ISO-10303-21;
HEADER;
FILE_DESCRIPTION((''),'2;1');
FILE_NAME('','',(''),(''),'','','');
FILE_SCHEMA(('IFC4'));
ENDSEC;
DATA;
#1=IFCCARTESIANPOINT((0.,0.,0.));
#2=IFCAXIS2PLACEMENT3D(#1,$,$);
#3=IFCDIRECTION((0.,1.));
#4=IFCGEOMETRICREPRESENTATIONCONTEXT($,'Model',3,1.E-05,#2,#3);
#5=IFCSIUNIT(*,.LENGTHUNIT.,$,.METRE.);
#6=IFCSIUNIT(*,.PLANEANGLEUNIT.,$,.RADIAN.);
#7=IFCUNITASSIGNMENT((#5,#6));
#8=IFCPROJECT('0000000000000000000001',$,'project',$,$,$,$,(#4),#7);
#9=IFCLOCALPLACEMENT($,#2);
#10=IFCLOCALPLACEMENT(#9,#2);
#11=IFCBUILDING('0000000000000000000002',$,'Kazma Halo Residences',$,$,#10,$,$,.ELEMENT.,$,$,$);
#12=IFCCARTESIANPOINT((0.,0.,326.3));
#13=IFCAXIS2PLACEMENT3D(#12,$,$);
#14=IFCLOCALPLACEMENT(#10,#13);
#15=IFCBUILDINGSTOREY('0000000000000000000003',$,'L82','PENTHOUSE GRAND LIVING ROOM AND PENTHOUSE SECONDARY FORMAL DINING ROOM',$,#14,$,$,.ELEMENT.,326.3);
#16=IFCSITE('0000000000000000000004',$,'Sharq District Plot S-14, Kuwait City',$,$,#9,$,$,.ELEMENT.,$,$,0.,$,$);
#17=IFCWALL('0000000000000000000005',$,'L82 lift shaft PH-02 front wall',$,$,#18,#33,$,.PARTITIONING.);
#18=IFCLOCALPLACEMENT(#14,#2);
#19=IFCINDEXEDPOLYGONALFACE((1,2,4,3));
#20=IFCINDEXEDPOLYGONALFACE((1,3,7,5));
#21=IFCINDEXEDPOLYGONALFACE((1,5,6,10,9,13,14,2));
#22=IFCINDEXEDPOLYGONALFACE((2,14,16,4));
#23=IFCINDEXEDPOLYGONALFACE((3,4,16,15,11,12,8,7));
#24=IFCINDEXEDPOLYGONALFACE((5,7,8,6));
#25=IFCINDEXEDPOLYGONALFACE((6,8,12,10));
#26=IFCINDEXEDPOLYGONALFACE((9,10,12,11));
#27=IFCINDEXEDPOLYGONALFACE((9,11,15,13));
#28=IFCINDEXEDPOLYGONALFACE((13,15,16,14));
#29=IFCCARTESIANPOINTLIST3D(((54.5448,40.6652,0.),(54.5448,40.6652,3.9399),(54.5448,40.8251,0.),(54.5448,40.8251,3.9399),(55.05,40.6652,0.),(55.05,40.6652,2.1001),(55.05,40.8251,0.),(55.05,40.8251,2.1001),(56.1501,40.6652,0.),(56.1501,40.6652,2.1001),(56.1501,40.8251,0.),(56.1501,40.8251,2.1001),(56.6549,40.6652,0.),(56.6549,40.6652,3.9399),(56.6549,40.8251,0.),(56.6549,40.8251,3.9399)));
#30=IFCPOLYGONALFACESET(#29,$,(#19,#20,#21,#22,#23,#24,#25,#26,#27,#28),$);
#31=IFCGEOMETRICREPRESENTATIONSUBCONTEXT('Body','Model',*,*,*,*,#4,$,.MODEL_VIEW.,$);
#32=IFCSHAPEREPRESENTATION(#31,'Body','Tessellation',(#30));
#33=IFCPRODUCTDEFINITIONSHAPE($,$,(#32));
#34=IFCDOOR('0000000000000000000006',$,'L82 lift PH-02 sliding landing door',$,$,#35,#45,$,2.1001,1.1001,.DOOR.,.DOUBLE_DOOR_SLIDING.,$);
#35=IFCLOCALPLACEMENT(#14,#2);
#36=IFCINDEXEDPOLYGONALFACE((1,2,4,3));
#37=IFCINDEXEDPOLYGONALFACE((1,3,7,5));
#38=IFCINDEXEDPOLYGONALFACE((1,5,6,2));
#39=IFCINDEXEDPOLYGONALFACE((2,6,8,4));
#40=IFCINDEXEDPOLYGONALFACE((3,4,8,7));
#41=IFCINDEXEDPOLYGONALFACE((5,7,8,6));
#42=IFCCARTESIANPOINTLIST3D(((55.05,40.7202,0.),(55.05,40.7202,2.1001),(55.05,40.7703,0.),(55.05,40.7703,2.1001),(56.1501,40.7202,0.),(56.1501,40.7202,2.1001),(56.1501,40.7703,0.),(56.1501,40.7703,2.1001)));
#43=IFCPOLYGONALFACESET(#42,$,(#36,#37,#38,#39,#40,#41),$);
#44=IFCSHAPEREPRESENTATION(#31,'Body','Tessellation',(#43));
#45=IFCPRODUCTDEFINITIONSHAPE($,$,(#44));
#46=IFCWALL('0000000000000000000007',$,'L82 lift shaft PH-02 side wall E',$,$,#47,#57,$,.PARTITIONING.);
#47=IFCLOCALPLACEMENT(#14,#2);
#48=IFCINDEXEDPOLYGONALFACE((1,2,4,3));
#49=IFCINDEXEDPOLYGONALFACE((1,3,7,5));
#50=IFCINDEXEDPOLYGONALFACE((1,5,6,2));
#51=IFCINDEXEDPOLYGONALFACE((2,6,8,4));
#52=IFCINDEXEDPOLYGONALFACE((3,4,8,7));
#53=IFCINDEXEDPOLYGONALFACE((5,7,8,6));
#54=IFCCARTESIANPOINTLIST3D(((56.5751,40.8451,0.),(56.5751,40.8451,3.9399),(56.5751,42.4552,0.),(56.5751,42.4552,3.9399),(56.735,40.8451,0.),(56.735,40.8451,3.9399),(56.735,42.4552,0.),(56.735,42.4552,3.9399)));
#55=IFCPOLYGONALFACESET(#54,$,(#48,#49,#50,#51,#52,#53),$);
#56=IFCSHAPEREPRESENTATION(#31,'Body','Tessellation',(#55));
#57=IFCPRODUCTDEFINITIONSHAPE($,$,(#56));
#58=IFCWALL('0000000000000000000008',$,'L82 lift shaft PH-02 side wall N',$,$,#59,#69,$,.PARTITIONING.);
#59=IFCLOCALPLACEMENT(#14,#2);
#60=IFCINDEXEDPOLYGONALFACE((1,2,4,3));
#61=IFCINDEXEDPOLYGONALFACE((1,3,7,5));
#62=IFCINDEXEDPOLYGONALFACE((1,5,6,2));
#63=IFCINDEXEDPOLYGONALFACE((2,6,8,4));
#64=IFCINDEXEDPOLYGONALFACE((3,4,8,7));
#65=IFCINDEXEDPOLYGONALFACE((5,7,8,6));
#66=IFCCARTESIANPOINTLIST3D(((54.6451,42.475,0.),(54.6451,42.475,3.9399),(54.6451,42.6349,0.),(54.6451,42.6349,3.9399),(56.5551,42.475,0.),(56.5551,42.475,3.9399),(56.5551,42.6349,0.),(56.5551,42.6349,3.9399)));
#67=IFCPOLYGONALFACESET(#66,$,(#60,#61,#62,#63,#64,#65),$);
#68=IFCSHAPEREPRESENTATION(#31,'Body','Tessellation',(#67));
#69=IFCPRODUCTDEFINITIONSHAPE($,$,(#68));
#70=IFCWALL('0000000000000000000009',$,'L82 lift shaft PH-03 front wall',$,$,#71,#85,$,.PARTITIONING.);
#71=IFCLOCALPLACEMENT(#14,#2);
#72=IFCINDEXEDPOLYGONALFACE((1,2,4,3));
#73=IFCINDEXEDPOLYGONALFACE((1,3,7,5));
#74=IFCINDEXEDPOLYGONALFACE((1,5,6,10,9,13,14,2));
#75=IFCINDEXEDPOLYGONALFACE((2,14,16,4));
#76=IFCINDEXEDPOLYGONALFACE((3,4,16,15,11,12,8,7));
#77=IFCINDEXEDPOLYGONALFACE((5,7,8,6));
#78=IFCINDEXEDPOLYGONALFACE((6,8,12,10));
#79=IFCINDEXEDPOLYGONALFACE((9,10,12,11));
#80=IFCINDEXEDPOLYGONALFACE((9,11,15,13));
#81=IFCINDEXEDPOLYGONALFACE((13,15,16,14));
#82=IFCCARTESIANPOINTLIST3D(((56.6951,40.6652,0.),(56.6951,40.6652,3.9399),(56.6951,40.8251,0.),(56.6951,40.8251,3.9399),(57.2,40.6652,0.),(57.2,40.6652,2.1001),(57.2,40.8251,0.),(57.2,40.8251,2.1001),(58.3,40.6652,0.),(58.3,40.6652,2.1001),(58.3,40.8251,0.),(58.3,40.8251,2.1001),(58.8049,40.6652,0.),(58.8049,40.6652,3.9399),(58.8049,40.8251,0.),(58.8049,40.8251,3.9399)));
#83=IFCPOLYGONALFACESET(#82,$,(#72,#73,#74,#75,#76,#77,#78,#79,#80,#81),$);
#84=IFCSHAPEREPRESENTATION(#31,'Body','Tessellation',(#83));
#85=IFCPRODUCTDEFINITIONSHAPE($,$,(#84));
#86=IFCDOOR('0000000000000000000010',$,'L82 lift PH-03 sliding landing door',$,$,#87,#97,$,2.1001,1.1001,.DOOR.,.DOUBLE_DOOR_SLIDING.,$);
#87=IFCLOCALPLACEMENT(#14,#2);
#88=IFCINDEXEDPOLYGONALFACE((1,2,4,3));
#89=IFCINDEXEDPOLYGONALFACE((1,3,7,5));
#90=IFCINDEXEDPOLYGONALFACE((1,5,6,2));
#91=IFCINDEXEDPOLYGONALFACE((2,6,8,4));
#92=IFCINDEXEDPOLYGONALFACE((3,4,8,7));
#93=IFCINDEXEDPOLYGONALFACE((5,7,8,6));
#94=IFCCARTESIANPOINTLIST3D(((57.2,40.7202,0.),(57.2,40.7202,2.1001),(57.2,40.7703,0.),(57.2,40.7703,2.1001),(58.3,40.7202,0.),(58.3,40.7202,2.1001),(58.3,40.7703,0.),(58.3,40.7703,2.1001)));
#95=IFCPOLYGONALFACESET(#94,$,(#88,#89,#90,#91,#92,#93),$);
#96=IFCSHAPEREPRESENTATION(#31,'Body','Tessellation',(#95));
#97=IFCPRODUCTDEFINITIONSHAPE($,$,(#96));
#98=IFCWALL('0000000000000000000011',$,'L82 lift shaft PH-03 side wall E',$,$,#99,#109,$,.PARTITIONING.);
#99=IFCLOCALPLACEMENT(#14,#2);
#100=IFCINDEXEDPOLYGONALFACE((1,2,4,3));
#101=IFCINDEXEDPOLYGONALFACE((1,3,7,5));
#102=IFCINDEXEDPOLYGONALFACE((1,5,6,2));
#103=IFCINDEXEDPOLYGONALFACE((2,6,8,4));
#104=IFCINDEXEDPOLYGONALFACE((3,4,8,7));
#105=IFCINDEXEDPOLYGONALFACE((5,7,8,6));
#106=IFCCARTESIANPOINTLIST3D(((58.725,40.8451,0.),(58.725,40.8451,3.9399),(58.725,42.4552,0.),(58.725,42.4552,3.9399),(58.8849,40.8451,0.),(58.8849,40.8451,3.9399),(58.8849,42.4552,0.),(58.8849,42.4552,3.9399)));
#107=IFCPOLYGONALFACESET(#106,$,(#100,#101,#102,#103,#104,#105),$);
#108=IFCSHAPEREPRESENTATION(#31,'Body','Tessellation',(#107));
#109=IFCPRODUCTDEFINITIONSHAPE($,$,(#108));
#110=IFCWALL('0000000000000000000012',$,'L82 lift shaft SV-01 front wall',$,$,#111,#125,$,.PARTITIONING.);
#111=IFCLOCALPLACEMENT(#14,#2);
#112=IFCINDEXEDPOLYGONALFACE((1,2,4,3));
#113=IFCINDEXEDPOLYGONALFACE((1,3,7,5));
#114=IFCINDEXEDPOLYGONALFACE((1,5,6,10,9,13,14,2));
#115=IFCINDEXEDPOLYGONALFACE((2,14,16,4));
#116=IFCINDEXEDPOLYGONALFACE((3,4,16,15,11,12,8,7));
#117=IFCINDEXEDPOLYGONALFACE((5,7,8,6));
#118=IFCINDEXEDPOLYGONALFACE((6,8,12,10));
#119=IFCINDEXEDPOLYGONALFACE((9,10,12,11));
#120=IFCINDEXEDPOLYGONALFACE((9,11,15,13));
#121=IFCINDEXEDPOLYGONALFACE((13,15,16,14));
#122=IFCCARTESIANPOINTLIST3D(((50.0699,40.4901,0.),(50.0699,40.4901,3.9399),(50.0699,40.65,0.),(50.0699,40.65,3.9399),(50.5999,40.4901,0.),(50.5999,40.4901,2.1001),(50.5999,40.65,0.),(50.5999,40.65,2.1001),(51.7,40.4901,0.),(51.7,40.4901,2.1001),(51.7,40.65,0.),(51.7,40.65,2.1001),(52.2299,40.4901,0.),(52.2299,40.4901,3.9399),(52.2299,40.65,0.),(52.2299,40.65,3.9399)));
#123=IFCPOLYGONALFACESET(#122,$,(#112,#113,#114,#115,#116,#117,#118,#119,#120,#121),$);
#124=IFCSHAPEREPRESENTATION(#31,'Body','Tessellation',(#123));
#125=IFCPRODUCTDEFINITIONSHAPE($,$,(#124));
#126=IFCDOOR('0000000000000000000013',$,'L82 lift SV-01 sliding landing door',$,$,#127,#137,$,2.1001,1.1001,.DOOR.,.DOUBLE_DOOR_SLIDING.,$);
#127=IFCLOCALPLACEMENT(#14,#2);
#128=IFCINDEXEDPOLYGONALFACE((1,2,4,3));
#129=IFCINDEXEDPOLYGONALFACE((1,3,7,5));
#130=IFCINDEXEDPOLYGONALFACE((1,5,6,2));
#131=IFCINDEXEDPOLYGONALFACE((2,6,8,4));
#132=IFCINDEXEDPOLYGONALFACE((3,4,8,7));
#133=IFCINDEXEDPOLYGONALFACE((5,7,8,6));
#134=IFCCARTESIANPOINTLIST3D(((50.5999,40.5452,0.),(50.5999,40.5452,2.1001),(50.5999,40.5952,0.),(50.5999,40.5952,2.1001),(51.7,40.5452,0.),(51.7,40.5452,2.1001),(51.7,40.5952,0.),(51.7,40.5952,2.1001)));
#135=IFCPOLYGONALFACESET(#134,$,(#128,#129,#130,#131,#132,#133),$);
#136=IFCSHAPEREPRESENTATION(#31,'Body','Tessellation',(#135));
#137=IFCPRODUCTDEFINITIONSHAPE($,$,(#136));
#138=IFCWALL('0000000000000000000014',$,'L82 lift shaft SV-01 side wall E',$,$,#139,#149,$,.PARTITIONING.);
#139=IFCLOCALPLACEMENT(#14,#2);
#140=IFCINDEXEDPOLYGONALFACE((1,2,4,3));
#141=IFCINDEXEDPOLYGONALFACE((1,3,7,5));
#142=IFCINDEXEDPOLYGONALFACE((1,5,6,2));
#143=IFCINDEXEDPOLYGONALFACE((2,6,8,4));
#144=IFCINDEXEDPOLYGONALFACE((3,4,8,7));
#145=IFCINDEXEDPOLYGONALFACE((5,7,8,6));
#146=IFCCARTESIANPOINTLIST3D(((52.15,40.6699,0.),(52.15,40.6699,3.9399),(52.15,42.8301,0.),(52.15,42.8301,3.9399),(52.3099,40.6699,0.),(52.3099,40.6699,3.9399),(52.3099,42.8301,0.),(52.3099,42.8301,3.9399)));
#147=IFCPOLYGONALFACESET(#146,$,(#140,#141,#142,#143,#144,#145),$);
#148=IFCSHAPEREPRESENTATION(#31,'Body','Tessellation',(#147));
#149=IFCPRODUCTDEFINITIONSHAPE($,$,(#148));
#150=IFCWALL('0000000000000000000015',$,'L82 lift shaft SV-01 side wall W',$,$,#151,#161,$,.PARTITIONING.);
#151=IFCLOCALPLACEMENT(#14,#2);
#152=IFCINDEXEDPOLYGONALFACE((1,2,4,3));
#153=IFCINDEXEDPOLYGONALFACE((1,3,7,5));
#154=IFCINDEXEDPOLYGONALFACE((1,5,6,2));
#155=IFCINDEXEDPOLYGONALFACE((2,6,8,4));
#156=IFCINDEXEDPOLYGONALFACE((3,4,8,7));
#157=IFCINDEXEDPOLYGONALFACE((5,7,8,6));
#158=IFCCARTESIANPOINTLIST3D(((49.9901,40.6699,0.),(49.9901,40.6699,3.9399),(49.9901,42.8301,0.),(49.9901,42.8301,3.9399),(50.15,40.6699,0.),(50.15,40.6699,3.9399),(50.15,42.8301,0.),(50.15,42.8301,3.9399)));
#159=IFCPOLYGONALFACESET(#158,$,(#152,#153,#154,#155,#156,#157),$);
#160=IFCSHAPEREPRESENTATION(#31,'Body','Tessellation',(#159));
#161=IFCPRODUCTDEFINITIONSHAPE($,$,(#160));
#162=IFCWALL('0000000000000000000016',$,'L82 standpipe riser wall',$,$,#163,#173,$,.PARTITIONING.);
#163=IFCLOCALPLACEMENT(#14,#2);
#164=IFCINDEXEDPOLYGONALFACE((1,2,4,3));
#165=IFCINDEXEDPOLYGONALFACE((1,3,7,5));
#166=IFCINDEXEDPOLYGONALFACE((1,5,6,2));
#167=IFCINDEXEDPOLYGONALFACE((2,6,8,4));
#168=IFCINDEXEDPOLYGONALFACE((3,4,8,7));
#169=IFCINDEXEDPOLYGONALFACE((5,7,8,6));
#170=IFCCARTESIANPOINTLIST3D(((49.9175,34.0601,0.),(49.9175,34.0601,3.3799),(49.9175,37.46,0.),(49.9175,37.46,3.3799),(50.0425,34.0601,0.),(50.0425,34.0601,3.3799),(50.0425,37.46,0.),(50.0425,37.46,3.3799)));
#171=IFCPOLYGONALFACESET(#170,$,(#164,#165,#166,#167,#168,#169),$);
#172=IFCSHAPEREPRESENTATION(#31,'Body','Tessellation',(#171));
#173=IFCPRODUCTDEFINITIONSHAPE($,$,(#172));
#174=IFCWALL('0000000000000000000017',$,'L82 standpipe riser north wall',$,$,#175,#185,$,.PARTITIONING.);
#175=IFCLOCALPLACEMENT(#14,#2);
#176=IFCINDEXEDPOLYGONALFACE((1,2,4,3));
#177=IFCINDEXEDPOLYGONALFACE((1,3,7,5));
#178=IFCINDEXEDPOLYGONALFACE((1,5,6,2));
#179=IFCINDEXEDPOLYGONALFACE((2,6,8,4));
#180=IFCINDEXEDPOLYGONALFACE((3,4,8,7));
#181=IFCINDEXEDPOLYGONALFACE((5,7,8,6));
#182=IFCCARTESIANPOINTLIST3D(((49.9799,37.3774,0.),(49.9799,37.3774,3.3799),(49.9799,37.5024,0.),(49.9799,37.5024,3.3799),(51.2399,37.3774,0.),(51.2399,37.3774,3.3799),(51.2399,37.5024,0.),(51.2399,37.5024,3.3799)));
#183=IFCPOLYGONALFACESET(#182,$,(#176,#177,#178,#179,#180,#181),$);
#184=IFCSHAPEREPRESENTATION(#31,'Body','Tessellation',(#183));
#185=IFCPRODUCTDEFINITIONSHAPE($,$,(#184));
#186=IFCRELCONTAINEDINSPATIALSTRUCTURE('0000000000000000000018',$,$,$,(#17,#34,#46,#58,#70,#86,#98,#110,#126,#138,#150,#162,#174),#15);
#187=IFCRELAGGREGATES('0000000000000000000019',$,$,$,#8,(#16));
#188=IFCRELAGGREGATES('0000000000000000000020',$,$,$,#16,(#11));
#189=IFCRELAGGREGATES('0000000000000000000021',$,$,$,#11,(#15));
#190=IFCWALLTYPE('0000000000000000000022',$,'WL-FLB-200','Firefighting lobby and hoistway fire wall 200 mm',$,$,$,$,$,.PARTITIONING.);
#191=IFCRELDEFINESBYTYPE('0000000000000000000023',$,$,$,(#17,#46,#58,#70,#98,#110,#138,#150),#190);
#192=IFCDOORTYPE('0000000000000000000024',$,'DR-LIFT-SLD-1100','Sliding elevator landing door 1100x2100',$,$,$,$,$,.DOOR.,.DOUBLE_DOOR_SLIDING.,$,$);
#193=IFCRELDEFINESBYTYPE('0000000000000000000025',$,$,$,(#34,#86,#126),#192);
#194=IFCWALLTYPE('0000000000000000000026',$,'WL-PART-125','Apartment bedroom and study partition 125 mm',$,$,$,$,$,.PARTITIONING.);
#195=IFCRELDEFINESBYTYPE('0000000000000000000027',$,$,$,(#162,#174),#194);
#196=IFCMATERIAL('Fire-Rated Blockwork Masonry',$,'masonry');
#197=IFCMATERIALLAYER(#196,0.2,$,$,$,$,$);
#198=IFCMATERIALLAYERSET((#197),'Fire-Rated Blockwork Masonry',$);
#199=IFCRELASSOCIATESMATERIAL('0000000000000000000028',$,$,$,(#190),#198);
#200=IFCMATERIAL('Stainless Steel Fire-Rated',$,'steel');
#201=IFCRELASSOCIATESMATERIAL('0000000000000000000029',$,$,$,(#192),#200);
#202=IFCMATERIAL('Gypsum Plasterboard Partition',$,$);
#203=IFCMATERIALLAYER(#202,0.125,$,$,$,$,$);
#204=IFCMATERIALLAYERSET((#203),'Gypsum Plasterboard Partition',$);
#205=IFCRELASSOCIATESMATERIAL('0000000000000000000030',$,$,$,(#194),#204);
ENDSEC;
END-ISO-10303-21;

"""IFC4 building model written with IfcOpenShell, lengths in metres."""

from ifc_helpers import new_model, si_unit, direction, frame, frame_2d, origin, place, context, subcontext, project, spatial, rectangle, extrude, material, layer, layer_set, type_object, element, fill, save


model = new_model("IFC4")

# Units and contexts
model_context = context("Model", 3, precision=1e-05, world=origin(), true_north=direction((0.0, 1.0)))
body_context = subcontext(model_context, "Body", "Model", "MODEL_VIEW")
ifc_project = project(units=[si_unit("LENGTHUNIT", "METRE"), si_unit("PLANEANGLEUNIT", "RADIAN")], contexts=[model_context])

# Site, building, storey
site_placement = place(None, origin())
site = spatial("IfcSite", under=ifc_project, at=site_placement, Name="Sharq District Plot S-14, Kuwait City", CompositionType="ELEMENT", RefElevation=0.0)
building_placement = place(site_placement, origin())
building = spatial("IfcBuilding", under=site, at=building_placement, Name="Kazma Halo Residences", CompositionType="ELEMENT")
storey_placement = place(building_placement, frame((0.0, 0.0, 326.3)))
storey = spatial("IfcBuildingStorey", under=building, at=storey_placement, Name="L82", Description="PENTHOUSE GRAND LIVING ROOM AND PENTHOUSE SECONDARY FORMAL DINING ROOM", CompositionType="ELEMENT", Elevation=326.3)

# Shared definitions
ifc_material_1 = material(Name="Fire-Rated Blockwork Masonry", Category="masonry")
ifc_layer_1 = layer(ifc_material_1, 0.2)
ifc_layer_set_1 = layer_set([ifc_layer_1], Name="Fire-Rated Blockwork Masonry")
wall_type_1 = type_object("IfcWallType", Name="WL-FLB-200", Description="Firefighting lobby and hoistway fire wall 200 mm", PredefinedType="PARTITIONING", material=ifc_layer_set_1)
ifc_material_2 = material(Name="Stainless Steel Fire-Rated", Category="steel")
door_type_1 = type_object("IfcDoorType", Name="DR-LIFT-SLD-1100", Description="Sliding elevator landing door 1100x2100", OperationType="DOUBLE_DOOR_SLIDING", PredefinedType="DOOR", material=ifc_material_2)

# Wall, opening, door
wall_1_placement = place(storey_placement, frame((56.655, 40.7451, 0.0), z_axis=(0.0, 0.0, 1.0), x_axis=(-1.0, 0.0, 0.0)))
wall_1 = element("IfcWall", 1, at=wall_1_placement, inside=storey, type_object=wall_type_1, Name="L82 lift shaft PH-02 front wall", PredefinedType="PARTITIONING", context=body_context, shape_type="SweptSolid", body=[
    extrude(rectangle(XDim=2.1101, YDim=0.1599, at=frame_2d((1.0552, 0.0))), origin(), (0.0, 0.0, 1.0), 3.9399),
])
opening_1_placement = place(wall_1_placement, frame((0.5049, 0.0, 0.0)))
opening_1 = element("IfcOpeningElement", 2, at=opening_1_placement, cuts=wall_1, PredefinedType="OPENING", context=body_context, shape_type="SweptSolid", body=[
    extrude(rectangle(XDim=1.1001, YDim=2.1001, at=frame_2d((0.55, 1.05))), frame((0.0, 0.0898, 0.0), z_axis=(0.0, -1.0, 0.0), x_axis=(1.0, 0.0, 0.0)), (0.0, 0.0, 1.0), 0.1799),
])
door_1_placement = place(opening_1_placement, origin())
door_1 = element("IfcDoor", 3, at=door_1_placement, inside=storey, type_object=door_type_1, Name="L82 lift PH-02 sliding landing door", OperationType="DOUBLE_DOOR_SLIDING", OverallHeight=2.1001, OverallWidth=1.1001, PredefinedType="DOOR", context=body_context, shape_type="SweptSolid", body=[
    extrude(rectangle(XDim=1.1001, YDim=2.1001, at=frame_2d((0.55, 1.05))), frame((0.0, 0.0249, 0.0), z_axis=(0.0, -1.0, 0.0), x_axis=(1.0, 0.0, 0.0)), (0.0, 0.0, 1.0), 0.05),
])
fill(opening_1, door_1)

# Walls
wall_2_placement = place(storey_placement, frame((56.655, 40.845, 0.0), z_axis=(0.0, 0.0, 1.0), x_axis=(0.0, 1.0, 0.0)))
element("IfcWall", 4, at=wall_2_placement, inside=storey, type_object=wall_type_1, Name="L82 lift shaft PH-02 side wall E", PredefinedType="PARTITIONING", context=body_context, shape_type="SweptSolid", body=[
    extrude(rectangle(XDim=1.6101, YDim=0.1599, at=frame_2d((0.8052, 0.0))), origin(), (0.0, 0.0, 1.0), 3.9399),
])
wall_3_placement = place(storey_placement, frame((54.645, 42.5549, 0.0), z_axis=(0.0, 0.0, 1.0), x_axis=(1.0, 0.0, 0.0)))
element("IfcWall", 5, at=wall_3_placement, inside=storey, type_object=wall_type_1, Name="L82 lift shaft PH-02 side wall N", PredefinedType="PARTITIONING", context=body_context, shape_type="SweptSolid", body=[
    extrude(rectangle(XDim=1.9099, YDim=0.1599, at=frame_2d((0.9551, 0.0))), origin(), (0.0, 0.0, 1.0), 3.9399),
])

# Wall, opening, door
wall_4_placement = place(storey_placement, frame((58.8049, 40.7451, 0.0), z_axis=(0.0, 0.0, 1.0), x_axis=(-1.0, 0.0, 0.0)))
wall_4 = element("IfcWall", 6, at=wall_4_placement, inside=storey, type_object=wall_type_1, Name="L82 lift shaft PH-03 front wall", PredefinedType="PARTITIONING", context=body_context, shape_type="SweptSolid", body=[
    extrude(rectangle(XDim=2.1099, YDim=0.1599, at=frame_2d((1.0549, 0.0))), origin(), (0.0, 0.0, 1.0), 3.9399),
])
opening_2_placement = place(wall_4_placement, frame((0.5049, 0.0, 0.0)))
opening_2 = element("IfcOpeningElement", 7, at=opening_2_placement, cuts=wall_4, PredefinedType="OPENING", context=body_context, shape_type="SweptSolid", body=[
    extrude(rectangle(XDim=1.1001, YDim=2.1001, at=frame_2d((0.55, 1.05))), frame((0.0, 0.0898, 0.0), z_axis=(0.0, -1.0, 0.0), x_axis=(1.0, 0.0, 0.0)), (0.0, 0.0, 1.0), 0.1799),
])
door_2_placement = place(opening_2_placement, origin())
door_2 = element("IfcDoor", 8, at=door_2_placement, inside=storey, type_object=door_type_1, Name="L82 lift PH-03 sliding landing door", OperationType="DOUBLE_DOOR_SLIDING", OverallHeight=2.1001, OverallWidth=1.1001, PredefinedType="DOOR", context=body_context, shape_type="SweptSolid", body=[
    extrude(rectangle(XDim=1.1001, YDim=2.1001, at=frame_2d((0.55, 1.05))), frame((0.0, 0.0249, 0.0), z_axis=(0.0, -1.0, 0.0), x_axis=(1.0, 0.0, 0.0)), (0.0, 0.0, 1.0), 0.05),
])
fill(opening_2, door_2)

# Wall
wall_5_placement = place(storey_placement, frame((58.8049, 40.845, 0.0), z_axis=(0.0, 0.0, 1.0), x_axis=(0.0, 1.0, 0.0)))
element("IfcWall", 9, at=wall_5_placement, inside=storey, type_object=wall_type_1, Name="L82 lift shaft PH-03 side wall E", PredefinedType="PARTITIONING", context=body_context, shape_type="SweptSolid", body=[
    extrude(rectangle(XDim=1.6101, YDim=0.1599, at=frame_2d((0.8052, 0.0))), origin(), (0.0, 0.0, 1.0), 3.9399),
])

# Wall, opening, door
wall_6_placement = place(storey_placement, frame((52.23, 40.5701, 0.0), z_axis=(0.0, 0.0, 1.0), x_axis=(-1.0, 0.0, 0.0)))
wall_6 = element("IfcWall", 10, at=wall_6_placement, inside=storey, type_object=wall_type_1, Name="L82 lift shaft SV-01 front wall", PredefinedType="PARTITIONING", context=body_context, shape_type="SweptSolid", body=[
    extrude(rectangle(XDim=2.1599, YDim=0.1599, at=frame_2d((1.0801, 0.0))), origin(), (0.0, 0.0, 1.0), 3.9399),
])
opening_3_placement = place(wall_6_placement, frame((0.53, 0.0, 0.0)))
opening_3 = element("IfcOpeningElement", 11, at=opening_3_placement, cuts=wall_6, PredefinedType="OPENING", context=body_context, shape_type="SweptSolid", body=[
    extrude(rectangle(XDim=1.1001, YDim=2.1001, at=frame_2d((0.55, 1.05))), frame((0.0, 0.0898, 0.0), z_axis=(0.0, -1.0, 0.0), x_axis=(1.0, 0.0, 0.0)), (0.0, 0.0, 1.0), 0.1799),
])
door_3_placement = place(opening_3_placement, origin())
door_3 = element("IfcDoor", 12, at=door_3_placement, inside=storey, type_object=door_type_1, Name="L82 lift SV-01 sliding landing door", OperationType="DOUBLE_DOOR_SLIDING", OverallHeight=2.1001, OverallWidth=1.1001, PredefinedType="DOOR", context=body_context, shape_type="SweptSolid", body=[
    extrude(rectangle(XDim=1.1001, YDim=2.1001, at=frame_2d((0.55, 1.05))), frame((0.0, 0.0249, 0.0), z_axis=(0.0, -1.0, 0.0), x_axis=(1.0, 0.0, 0.0)), (0.0, 0.0, 1.0), 0.05),
])
fill(opening_3, door_3)

# Walls
for number, where, z_axis, x_axis, name in (
    (13, (52.23, 40.6699, 0.0), (0.0, 0.0, 1.0), (0.0, 1.0, 0.0), "L82 lift shaft SV-01 side wall E"),
    (14, (50.0701, 40.6699, 0.0), (0.0, 0.0, 1.0), (0.0, 1.0, 0.0), "L82 lift shaft SV-01 side wall W"),
):
    element("IfcWall", number, at=place(storey_placement, frame(where, z_axis=z_axis, x_axis=x_axis)), inside=storey, type_object=wall_type_1, Name=name, PredefinedType="PARTITIONING", context=body_context, shape_type="SweptSolid", body=[
        extrude(rectangle(XDim=2.1602, YDim=0.1599, at=frame_2d((1.0801, 0.0))), origin(), (0.0, 0.0, 1.0), 3.9399),
    ])
ifc_material_3 = material(Name="Gypsum Plasterboard Partition")
ifc_layer_2 = layer(ifc_material_3, 0.125)
ifc_layer_set_2 = layer_set([ifc_layer_2], Name="Gypsum Plasterboard Partition")
wall_type_2 = type_object("IfcWallType", Name="WL-PART-125", Description="Apartment bedroom and study partition 125 mm", PredefinedType="PARTITIONING", material=ifc_layer_set_2)
wall_7_placement = place(storey_placement, frame((49.98, 34.0601, 0.0), z_axis=(0.0, 0.0, 1.0), x_axis=(0.0, 1.0, 0.0)))
element("IfcWall", 15, at=wall_7_placement, inside=storey, type_object=wall_type_2, Name="L82 standpipe riser wall", PredefinedType="PARTITIONING", context=body_context, shape_type="SweptSolid", body=[
    extrude(rectangle(XDim=3.3999, YDim=0.125, at=frame_2d((1.7, 0.0))), origin(), (0.0, 0.0, 1.0), 3.3799),
])
wall_8_placement = place(storey_placement, frame((49.98, 37.4399, 0.0), z_axis=(0.0, 0.0, 1.0), x_axis=(1.0, 0.0, 0.0)))
element("IfcWall", 16, at=wall_8_placement, inside=storey, type_object=wall_type_2, Name="L82 standpipe riser north wall", PredefinedType="PARTITIONING", context=body_context, shape_type="SweptSolid", body=[
    extrude(rectangle(XDim=1.26, YDim=0.125, at=frame_2d((0.6299, 0.0))), origin(), (0.0, 0.0, 1.0), 3.3799),
])

save(model, "model.ifc")
